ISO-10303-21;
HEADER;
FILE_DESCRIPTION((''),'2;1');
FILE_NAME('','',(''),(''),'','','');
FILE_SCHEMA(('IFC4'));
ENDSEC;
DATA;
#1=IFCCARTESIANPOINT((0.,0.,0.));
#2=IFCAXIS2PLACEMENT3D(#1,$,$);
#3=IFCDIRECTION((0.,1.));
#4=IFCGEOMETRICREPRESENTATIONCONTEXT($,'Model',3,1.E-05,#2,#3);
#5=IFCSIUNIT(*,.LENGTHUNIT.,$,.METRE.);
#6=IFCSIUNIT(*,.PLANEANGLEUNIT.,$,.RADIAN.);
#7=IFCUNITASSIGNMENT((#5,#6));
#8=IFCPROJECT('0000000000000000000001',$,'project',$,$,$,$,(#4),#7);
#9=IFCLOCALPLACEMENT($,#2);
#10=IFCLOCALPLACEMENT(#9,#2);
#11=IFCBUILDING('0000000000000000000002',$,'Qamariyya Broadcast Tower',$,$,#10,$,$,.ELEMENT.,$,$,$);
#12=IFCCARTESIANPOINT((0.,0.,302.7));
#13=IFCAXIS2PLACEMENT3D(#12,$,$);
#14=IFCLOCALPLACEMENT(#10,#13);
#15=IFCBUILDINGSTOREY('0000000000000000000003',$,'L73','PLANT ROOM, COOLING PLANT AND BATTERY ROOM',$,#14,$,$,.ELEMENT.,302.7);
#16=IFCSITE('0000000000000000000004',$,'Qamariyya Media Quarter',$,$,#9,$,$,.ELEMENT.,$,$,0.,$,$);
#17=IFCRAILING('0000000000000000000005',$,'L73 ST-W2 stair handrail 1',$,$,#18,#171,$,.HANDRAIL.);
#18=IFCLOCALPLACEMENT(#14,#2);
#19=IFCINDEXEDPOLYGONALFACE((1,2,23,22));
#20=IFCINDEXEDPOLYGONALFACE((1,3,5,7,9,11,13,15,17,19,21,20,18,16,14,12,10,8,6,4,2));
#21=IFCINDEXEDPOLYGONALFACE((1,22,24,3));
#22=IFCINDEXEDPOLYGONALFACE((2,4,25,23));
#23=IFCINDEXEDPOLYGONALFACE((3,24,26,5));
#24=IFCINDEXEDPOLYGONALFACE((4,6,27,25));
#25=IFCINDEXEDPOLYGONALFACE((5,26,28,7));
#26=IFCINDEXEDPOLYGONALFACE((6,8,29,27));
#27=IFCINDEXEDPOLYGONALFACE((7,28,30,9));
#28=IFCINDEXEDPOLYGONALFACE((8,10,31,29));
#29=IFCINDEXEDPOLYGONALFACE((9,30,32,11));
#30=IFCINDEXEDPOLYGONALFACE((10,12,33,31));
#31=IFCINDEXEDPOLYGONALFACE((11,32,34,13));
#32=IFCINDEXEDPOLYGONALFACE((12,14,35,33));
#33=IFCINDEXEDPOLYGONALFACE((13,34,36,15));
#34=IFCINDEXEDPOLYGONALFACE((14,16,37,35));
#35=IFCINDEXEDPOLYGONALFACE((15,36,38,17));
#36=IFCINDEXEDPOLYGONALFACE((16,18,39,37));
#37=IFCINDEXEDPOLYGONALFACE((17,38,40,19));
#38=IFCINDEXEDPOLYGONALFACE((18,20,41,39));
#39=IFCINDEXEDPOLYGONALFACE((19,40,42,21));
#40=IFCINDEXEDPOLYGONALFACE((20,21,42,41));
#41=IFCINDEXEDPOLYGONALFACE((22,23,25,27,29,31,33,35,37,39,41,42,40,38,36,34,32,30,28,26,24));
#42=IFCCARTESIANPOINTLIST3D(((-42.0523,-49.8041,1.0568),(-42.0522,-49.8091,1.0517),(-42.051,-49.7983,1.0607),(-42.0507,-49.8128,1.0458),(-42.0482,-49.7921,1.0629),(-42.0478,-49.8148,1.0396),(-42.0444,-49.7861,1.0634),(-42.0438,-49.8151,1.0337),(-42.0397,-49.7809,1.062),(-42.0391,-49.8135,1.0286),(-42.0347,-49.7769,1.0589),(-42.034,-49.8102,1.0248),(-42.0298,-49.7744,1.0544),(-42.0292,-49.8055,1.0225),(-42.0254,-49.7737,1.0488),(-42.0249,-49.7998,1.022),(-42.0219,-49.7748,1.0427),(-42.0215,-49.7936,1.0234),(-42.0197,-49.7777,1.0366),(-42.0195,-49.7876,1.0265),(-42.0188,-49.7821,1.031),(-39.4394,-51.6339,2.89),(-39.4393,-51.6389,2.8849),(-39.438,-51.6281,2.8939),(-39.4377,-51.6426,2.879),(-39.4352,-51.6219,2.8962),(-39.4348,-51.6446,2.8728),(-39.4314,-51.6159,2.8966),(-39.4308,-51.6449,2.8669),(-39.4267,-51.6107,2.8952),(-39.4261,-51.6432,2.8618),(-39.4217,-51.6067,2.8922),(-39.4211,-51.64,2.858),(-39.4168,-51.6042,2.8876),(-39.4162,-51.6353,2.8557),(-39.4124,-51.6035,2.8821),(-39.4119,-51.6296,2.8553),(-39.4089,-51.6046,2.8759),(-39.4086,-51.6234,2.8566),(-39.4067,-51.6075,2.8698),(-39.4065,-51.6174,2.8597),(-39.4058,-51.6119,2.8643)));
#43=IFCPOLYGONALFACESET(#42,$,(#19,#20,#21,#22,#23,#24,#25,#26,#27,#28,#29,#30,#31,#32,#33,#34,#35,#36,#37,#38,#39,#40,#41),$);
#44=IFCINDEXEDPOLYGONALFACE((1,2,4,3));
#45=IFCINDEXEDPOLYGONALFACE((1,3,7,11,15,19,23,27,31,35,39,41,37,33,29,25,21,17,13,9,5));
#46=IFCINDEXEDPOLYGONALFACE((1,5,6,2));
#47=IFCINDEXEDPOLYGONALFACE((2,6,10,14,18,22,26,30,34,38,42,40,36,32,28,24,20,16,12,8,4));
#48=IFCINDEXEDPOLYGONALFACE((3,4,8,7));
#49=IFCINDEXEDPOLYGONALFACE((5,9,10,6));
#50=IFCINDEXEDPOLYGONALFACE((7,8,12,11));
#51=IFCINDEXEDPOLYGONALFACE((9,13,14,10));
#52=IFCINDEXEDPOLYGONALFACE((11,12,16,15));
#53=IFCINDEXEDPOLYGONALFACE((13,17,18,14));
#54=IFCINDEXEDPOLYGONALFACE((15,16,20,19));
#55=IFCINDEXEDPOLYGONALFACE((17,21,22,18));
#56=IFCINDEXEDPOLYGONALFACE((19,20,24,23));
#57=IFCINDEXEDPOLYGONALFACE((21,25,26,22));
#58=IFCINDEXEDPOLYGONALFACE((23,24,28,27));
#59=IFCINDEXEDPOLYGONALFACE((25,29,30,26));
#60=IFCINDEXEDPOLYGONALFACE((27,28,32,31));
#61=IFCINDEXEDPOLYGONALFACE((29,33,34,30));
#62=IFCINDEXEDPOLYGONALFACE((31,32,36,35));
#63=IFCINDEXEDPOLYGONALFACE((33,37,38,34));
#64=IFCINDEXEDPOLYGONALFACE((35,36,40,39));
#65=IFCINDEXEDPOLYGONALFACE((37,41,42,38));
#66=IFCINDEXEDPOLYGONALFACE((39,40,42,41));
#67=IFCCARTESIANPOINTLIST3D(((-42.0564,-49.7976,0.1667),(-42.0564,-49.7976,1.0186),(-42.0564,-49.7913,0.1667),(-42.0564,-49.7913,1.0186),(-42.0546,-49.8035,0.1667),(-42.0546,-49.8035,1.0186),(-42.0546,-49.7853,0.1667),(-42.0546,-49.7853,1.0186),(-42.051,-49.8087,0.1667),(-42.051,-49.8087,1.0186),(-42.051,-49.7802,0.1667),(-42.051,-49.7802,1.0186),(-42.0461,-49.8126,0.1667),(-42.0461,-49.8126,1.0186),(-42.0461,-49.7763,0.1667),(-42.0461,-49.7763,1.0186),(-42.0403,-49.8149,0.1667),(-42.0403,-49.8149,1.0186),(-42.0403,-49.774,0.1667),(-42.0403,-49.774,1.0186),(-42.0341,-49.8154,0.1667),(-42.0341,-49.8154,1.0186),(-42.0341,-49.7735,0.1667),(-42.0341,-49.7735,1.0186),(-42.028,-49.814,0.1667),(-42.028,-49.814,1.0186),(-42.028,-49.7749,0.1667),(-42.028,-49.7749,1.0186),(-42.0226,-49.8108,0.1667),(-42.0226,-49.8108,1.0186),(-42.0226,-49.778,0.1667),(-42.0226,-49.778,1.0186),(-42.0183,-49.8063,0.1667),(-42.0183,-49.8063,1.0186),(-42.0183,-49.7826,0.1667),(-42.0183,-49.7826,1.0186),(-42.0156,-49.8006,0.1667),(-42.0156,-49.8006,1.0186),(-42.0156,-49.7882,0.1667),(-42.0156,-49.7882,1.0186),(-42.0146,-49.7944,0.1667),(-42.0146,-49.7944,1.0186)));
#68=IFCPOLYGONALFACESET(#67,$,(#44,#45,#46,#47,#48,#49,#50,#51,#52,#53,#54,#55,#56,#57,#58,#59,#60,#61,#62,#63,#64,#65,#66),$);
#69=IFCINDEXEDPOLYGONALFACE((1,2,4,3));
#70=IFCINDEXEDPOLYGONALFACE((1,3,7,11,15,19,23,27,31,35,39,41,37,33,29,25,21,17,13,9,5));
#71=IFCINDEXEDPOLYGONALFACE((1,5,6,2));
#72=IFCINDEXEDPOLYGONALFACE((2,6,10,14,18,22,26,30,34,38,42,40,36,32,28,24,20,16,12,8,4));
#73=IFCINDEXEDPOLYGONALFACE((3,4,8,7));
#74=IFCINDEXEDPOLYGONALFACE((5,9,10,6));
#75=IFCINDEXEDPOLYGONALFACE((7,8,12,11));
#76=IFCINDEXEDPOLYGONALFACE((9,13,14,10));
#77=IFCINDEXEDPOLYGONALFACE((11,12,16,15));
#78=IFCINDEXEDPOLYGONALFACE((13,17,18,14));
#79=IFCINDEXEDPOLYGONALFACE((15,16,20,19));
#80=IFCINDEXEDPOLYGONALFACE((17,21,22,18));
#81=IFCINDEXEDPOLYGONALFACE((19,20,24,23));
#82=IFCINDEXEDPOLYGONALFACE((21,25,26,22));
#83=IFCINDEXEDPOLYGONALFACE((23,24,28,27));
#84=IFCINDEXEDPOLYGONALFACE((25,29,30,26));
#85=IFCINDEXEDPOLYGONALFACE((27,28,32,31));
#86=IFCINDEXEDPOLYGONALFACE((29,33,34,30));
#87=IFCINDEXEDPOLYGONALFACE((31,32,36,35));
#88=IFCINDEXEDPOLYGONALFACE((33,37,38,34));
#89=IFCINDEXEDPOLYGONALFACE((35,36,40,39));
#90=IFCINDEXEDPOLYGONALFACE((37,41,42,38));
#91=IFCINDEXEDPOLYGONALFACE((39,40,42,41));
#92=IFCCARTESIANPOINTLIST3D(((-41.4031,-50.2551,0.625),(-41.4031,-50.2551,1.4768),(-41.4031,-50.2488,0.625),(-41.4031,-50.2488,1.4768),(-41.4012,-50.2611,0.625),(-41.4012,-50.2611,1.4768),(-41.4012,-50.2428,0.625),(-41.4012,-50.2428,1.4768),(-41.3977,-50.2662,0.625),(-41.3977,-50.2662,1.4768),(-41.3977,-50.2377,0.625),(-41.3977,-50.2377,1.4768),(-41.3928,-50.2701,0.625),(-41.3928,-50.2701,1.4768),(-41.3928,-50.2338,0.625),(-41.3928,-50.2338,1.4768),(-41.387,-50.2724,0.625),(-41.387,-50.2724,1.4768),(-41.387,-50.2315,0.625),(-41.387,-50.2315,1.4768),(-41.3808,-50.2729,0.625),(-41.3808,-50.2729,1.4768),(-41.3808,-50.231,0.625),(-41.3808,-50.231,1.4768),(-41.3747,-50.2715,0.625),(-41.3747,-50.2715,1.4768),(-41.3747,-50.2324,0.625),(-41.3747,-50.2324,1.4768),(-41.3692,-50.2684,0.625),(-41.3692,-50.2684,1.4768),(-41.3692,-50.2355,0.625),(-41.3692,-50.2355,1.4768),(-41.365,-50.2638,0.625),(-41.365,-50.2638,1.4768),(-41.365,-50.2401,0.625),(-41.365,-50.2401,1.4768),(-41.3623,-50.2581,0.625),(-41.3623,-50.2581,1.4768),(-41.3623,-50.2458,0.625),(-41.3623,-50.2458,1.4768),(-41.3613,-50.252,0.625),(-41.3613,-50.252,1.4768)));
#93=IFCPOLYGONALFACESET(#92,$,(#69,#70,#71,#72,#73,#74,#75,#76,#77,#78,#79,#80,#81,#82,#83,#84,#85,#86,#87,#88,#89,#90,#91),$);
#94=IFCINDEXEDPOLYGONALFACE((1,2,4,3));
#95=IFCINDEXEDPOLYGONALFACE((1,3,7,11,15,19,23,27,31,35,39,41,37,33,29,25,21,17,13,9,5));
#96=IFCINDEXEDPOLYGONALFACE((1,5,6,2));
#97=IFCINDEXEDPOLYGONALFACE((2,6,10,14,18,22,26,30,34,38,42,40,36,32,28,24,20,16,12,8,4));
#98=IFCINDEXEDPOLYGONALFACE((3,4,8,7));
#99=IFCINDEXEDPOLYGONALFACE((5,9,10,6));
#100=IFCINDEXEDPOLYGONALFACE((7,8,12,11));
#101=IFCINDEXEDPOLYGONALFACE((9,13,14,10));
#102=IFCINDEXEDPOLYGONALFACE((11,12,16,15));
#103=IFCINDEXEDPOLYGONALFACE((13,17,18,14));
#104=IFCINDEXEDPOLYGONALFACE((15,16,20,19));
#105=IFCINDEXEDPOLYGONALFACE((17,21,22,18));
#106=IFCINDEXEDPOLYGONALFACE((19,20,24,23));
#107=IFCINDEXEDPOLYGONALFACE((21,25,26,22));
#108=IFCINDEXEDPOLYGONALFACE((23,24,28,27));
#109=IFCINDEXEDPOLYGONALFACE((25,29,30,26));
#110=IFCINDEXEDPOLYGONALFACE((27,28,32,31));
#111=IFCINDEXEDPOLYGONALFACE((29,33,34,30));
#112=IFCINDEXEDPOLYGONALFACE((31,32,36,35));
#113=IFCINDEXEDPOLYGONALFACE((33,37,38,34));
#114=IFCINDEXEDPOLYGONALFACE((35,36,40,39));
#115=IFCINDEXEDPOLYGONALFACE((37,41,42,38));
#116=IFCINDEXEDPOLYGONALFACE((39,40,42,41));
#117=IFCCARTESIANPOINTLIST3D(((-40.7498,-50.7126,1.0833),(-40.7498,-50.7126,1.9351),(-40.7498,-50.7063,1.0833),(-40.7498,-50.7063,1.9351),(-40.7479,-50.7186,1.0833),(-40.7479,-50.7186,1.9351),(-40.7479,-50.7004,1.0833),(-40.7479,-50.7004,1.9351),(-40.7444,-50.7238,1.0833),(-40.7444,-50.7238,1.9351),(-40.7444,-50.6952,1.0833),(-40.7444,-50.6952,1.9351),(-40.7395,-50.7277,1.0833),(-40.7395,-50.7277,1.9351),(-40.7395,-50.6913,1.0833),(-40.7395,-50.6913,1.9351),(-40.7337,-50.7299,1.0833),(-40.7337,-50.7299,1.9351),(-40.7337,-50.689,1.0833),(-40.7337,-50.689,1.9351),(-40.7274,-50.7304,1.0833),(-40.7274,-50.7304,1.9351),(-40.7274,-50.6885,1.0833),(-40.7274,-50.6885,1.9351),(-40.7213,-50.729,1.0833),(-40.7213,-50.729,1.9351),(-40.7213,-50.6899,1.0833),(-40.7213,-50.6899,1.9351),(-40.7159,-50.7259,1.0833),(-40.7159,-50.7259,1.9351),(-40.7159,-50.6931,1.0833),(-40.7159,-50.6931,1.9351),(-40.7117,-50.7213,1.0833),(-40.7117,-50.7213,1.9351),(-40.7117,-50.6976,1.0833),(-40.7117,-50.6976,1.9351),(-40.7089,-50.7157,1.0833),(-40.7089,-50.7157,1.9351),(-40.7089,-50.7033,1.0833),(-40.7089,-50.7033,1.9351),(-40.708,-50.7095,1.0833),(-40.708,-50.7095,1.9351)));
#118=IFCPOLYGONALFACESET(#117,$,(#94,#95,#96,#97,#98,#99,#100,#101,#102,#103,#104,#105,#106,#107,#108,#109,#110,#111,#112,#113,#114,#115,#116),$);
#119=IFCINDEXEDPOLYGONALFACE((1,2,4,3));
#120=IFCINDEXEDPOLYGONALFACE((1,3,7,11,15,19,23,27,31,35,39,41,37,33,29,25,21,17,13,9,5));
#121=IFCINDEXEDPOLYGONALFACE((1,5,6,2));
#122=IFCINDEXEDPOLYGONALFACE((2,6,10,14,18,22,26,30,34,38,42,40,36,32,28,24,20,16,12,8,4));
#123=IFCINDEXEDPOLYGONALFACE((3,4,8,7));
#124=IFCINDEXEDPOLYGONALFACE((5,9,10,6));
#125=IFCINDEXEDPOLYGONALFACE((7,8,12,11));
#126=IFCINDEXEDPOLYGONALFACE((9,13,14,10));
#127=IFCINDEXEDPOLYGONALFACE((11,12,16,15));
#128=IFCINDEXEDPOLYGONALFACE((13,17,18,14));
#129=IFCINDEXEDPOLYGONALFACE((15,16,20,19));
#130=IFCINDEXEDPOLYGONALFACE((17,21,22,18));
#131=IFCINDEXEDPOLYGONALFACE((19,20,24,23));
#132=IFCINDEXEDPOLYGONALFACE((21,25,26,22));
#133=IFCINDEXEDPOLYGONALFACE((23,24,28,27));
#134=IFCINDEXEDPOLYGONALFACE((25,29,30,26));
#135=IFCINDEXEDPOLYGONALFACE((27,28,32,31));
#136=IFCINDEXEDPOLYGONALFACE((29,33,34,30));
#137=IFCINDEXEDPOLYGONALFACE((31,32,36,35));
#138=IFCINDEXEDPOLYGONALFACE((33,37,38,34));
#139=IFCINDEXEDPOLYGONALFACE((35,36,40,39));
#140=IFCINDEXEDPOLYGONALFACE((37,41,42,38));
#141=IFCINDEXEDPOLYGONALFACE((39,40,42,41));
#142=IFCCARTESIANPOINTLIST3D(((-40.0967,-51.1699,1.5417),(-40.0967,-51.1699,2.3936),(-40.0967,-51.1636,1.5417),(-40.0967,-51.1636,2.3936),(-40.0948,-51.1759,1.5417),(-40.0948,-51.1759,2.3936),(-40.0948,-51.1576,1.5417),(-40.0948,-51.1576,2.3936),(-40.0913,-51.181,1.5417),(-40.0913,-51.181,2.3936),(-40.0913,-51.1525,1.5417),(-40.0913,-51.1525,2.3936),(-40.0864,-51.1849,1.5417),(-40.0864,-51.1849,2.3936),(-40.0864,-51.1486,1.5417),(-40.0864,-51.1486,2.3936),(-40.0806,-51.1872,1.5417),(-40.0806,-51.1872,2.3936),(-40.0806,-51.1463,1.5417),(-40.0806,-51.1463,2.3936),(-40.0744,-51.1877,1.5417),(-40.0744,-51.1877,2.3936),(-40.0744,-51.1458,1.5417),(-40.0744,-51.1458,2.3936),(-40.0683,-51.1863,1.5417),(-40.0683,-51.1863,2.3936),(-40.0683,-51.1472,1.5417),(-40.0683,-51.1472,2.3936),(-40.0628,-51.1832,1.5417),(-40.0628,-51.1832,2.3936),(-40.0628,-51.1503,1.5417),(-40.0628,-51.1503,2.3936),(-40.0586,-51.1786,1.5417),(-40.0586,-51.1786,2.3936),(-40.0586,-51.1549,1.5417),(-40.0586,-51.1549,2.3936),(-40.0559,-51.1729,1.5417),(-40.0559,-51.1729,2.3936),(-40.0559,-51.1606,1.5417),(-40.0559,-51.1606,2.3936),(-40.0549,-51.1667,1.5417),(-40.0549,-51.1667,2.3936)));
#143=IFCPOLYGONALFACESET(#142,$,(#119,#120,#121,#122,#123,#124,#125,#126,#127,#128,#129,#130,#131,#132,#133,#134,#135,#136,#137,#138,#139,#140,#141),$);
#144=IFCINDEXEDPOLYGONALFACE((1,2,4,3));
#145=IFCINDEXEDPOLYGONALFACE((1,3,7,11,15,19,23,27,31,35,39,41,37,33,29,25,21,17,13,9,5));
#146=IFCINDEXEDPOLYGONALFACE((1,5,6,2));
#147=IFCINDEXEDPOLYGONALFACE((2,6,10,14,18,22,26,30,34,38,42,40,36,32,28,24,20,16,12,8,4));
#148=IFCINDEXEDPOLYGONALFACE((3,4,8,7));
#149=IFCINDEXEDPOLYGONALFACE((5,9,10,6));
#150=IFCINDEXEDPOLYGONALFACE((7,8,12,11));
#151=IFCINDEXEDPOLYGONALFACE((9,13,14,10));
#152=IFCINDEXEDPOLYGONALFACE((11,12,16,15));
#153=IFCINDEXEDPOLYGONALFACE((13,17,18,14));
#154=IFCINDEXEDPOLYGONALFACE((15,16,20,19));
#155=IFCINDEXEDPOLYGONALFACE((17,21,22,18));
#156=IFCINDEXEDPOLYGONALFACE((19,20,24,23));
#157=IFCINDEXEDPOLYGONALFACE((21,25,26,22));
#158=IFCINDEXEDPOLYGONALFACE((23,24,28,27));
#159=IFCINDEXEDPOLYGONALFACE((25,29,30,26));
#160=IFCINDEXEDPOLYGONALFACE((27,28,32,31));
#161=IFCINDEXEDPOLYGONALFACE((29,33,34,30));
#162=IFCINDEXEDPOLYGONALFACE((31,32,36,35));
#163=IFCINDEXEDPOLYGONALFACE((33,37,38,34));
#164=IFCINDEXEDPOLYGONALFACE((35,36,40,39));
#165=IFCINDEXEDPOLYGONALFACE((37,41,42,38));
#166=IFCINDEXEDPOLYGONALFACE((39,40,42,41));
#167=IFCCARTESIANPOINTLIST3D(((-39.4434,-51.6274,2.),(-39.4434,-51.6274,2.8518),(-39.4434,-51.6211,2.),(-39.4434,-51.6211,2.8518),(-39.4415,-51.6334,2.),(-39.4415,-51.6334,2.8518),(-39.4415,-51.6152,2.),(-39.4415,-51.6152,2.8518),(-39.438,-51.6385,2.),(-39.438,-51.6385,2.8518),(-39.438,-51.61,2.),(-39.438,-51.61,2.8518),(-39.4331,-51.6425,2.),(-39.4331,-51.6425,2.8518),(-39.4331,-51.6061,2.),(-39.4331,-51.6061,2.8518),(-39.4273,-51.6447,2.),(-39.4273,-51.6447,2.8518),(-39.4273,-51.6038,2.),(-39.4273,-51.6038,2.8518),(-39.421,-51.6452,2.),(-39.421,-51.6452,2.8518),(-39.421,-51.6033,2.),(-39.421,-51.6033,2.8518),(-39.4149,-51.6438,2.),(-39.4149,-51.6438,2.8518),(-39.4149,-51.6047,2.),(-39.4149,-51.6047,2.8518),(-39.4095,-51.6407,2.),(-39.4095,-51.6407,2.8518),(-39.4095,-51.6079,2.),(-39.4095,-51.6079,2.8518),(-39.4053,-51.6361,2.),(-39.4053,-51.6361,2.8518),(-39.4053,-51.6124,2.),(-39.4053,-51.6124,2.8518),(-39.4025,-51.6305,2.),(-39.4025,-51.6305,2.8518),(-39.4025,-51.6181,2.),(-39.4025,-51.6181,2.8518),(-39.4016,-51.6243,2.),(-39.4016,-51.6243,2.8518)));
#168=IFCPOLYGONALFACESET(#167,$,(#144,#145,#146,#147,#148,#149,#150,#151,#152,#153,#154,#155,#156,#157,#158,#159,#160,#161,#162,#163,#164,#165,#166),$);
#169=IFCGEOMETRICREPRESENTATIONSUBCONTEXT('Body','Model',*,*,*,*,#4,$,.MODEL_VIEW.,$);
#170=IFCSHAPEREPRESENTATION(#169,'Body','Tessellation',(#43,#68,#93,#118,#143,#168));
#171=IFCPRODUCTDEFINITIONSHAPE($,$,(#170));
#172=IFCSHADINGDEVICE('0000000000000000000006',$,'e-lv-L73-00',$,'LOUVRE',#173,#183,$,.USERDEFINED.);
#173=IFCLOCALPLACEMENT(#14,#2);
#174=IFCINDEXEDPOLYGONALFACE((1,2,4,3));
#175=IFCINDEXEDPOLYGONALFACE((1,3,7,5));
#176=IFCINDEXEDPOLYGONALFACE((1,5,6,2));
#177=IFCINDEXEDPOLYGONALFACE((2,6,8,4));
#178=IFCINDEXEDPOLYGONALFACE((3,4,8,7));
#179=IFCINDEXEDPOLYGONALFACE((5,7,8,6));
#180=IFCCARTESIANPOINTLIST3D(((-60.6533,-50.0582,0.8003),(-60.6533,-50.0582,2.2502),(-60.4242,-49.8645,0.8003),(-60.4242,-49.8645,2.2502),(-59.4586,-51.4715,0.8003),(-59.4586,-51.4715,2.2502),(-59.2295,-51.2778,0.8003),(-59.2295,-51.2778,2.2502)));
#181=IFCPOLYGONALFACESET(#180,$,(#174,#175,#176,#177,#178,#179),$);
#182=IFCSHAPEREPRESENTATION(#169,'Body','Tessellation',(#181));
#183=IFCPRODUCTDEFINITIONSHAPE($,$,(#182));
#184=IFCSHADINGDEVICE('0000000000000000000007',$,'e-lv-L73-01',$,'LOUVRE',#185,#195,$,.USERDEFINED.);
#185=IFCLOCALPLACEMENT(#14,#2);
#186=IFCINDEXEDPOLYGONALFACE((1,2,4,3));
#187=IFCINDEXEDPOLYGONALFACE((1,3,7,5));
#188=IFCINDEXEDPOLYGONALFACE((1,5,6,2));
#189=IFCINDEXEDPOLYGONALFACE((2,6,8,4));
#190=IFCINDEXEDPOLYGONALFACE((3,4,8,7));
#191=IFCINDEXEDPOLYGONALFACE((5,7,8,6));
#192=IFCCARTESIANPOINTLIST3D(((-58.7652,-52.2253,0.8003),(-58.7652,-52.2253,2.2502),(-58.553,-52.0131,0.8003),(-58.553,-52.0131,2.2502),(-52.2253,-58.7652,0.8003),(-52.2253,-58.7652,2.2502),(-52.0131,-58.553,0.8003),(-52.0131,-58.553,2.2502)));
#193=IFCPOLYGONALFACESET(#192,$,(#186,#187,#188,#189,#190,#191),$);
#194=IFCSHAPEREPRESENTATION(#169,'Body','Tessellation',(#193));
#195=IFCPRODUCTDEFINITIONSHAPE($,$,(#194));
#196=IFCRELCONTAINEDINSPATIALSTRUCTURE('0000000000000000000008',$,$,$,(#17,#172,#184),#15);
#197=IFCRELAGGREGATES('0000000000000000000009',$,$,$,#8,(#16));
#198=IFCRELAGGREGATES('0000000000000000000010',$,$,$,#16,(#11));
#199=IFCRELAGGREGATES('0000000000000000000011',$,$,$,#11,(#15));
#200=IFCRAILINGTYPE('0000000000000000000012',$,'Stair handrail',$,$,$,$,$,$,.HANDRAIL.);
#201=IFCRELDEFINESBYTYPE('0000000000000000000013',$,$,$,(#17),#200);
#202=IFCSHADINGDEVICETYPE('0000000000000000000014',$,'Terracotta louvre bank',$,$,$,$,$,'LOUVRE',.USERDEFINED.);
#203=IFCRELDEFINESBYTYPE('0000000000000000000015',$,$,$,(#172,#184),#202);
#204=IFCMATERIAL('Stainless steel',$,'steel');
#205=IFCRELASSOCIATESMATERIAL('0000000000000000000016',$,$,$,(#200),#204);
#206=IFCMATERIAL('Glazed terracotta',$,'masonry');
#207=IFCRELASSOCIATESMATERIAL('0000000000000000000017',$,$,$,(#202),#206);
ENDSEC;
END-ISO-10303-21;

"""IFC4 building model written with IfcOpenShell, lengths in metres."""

from ifc_helpers import new_model, si_unit, direction, frame, origin, origin_2d, place, context, subcontext, project, spatial, rectangle, circle, extrude, material, type_object, element, save


model = new_model("IFC4")

# Units and contexts
model_context = context("Model", 3, precision=1e-05, world=origin(), true_north=direction((0.0, 1.0)))
body_context = subcontext(model_context, "Body", "Model", "MODEL_VIEW")
ifc_project = project(units=[si_unit("LENGTHUNIT", "METRE"), si_unit("PLANEANGLEUNIT", "RADIAN")], contexts=[model_context])

# Site, building, storey
site_placement = place(None, origin())
site = spatial("IfcSite", under=ifc_project, at=site_placement, Name="Qamariyya Media Quarter", CompositionType="ELEMENT", RefElevation=0.0)
building_placement = place(site_placement, origin())
building = spatial("IfcBuilding", under=site, at=building_placement, Name="Qamariyya Broadcast Tower", CompositionType="ELEMENT")
storey_placement = place(building_placement, frame((0.0, 0.0, 302.7)))
storey = spatial("IfcBuildingStorey", under=building, at=storey_placement, Name="L73", Description="PLANT ROOM, COOLING PLANT AND BATTERY ROOM", CompositionType="ELEMENT", Elevation=302.7)

# Railing
ifc_material_1 = material(Name="Stainless steel", Category="steel")
railing_type_1 = type_object("IfcRailingType", Name="Stair handrail", PredefinedType="HANDRAIL", material=ifc_material_1)
railing_1_placement = place(storey_placement, frame((-42.0356, -49.7944, 0.1667)))
element("IfcRailing", 1, at=railing_1_placement, inside=storey, type_object=railing_type_1, Name="L73 ST-W2 stair handrail 1", PredefinedType="HANDRAIL", context=body_context, shape_type="SweptSolid", body=[
    extrude(circle(Radius=0.0239, at=origin_2d()), frame((0.0, 0.0, 0.876), z_axis=(0.710204, -0.497335, 0.498264), x_axis=(0.573611, 0.819128, 0.0)), (0.0, 0.0, 1.0), 3.6792),
    extrude(circle(Radius=0.021, at=origin_2d()), origin(), (0.0, 0.0, 1.0), 0.8518),
    extrude(circle(Radius=0.021, at=origin_2d()), frame((0.6533, -0.4575, 0.4583)), (0.0, 0.0, 1.0), 0.8518),
    extrude(circle(Radius=0.021, at=origin_2d()), frame((1.3066, -0.915, 0.9165)), (0.0, 0.0, 1.0), 0.8518),
    extrude(circle(Radius=0.021, at=origin_2d()), frame((1.9597, -1.3723, 1.375)), (0.0, 0.0, 1.0), 0.8518),
    extrude(circle(Radius=0.021, at=origin_2d()), frame((2.613, -1.8298, 1.8333)), (0.0, 0.0, 1.0), 0.8518),
])

# Shading devices
ifc_material_2 = material(Name="Glazed terracotta", Category="masonry")
shading_device_type = type_object("IfcShadingDeviceType", Name="Terracotta louvre bank", ElementType="LOUVRE", PredefinedType="USERDEFINED", material=ifc_material_2)
shading_device_1_placement = place(storey_placement, frame((-59.9414, -50.668, 0.8003), z_axis=(0.0, 0.0, 1.0), x_axis=(0.64556, -0.76371, 0.0)))
element("IfcShadingDevice", 2, at=shading_device_1_placement, inside=storey, type_object=shading_device_type, Name="e-lv-L73-00", ObjectType="LOUVRE", PredefinedType="USERDEFINED", context=body_context, shape_type="SweptSolid", body=[
    extrude(rectangle(XDim=1.8506, YDim=0.3, at=origin_2d()), origin(), (0.0, 0.0, 1.0), 1.45),
])
shading_device_2_placement = place(storey_placement, frame((-55.3892, -55.3892, 0.8003), z_axis=(0.0, 0.0, 1.0), x_axis=(0.707107, -0.707107, 0.0)))
element("IfcShadingDevice", 3, at=shading_device_2_placement, inside=storey, type_object=shading_device_type, Name="e-lv-L73-01", ObjectType="LOUVRE", PredefinedType="USERDEFINED", context=body_context, shape_type="SweptSolid", body=[
    extrude(rectangle(XDim=9.2488, YDim=0.3, at=origin_2d()), origin(), (0.0, 0.0, 1.0), 1.45),
])

save(model, "model.ifc")
